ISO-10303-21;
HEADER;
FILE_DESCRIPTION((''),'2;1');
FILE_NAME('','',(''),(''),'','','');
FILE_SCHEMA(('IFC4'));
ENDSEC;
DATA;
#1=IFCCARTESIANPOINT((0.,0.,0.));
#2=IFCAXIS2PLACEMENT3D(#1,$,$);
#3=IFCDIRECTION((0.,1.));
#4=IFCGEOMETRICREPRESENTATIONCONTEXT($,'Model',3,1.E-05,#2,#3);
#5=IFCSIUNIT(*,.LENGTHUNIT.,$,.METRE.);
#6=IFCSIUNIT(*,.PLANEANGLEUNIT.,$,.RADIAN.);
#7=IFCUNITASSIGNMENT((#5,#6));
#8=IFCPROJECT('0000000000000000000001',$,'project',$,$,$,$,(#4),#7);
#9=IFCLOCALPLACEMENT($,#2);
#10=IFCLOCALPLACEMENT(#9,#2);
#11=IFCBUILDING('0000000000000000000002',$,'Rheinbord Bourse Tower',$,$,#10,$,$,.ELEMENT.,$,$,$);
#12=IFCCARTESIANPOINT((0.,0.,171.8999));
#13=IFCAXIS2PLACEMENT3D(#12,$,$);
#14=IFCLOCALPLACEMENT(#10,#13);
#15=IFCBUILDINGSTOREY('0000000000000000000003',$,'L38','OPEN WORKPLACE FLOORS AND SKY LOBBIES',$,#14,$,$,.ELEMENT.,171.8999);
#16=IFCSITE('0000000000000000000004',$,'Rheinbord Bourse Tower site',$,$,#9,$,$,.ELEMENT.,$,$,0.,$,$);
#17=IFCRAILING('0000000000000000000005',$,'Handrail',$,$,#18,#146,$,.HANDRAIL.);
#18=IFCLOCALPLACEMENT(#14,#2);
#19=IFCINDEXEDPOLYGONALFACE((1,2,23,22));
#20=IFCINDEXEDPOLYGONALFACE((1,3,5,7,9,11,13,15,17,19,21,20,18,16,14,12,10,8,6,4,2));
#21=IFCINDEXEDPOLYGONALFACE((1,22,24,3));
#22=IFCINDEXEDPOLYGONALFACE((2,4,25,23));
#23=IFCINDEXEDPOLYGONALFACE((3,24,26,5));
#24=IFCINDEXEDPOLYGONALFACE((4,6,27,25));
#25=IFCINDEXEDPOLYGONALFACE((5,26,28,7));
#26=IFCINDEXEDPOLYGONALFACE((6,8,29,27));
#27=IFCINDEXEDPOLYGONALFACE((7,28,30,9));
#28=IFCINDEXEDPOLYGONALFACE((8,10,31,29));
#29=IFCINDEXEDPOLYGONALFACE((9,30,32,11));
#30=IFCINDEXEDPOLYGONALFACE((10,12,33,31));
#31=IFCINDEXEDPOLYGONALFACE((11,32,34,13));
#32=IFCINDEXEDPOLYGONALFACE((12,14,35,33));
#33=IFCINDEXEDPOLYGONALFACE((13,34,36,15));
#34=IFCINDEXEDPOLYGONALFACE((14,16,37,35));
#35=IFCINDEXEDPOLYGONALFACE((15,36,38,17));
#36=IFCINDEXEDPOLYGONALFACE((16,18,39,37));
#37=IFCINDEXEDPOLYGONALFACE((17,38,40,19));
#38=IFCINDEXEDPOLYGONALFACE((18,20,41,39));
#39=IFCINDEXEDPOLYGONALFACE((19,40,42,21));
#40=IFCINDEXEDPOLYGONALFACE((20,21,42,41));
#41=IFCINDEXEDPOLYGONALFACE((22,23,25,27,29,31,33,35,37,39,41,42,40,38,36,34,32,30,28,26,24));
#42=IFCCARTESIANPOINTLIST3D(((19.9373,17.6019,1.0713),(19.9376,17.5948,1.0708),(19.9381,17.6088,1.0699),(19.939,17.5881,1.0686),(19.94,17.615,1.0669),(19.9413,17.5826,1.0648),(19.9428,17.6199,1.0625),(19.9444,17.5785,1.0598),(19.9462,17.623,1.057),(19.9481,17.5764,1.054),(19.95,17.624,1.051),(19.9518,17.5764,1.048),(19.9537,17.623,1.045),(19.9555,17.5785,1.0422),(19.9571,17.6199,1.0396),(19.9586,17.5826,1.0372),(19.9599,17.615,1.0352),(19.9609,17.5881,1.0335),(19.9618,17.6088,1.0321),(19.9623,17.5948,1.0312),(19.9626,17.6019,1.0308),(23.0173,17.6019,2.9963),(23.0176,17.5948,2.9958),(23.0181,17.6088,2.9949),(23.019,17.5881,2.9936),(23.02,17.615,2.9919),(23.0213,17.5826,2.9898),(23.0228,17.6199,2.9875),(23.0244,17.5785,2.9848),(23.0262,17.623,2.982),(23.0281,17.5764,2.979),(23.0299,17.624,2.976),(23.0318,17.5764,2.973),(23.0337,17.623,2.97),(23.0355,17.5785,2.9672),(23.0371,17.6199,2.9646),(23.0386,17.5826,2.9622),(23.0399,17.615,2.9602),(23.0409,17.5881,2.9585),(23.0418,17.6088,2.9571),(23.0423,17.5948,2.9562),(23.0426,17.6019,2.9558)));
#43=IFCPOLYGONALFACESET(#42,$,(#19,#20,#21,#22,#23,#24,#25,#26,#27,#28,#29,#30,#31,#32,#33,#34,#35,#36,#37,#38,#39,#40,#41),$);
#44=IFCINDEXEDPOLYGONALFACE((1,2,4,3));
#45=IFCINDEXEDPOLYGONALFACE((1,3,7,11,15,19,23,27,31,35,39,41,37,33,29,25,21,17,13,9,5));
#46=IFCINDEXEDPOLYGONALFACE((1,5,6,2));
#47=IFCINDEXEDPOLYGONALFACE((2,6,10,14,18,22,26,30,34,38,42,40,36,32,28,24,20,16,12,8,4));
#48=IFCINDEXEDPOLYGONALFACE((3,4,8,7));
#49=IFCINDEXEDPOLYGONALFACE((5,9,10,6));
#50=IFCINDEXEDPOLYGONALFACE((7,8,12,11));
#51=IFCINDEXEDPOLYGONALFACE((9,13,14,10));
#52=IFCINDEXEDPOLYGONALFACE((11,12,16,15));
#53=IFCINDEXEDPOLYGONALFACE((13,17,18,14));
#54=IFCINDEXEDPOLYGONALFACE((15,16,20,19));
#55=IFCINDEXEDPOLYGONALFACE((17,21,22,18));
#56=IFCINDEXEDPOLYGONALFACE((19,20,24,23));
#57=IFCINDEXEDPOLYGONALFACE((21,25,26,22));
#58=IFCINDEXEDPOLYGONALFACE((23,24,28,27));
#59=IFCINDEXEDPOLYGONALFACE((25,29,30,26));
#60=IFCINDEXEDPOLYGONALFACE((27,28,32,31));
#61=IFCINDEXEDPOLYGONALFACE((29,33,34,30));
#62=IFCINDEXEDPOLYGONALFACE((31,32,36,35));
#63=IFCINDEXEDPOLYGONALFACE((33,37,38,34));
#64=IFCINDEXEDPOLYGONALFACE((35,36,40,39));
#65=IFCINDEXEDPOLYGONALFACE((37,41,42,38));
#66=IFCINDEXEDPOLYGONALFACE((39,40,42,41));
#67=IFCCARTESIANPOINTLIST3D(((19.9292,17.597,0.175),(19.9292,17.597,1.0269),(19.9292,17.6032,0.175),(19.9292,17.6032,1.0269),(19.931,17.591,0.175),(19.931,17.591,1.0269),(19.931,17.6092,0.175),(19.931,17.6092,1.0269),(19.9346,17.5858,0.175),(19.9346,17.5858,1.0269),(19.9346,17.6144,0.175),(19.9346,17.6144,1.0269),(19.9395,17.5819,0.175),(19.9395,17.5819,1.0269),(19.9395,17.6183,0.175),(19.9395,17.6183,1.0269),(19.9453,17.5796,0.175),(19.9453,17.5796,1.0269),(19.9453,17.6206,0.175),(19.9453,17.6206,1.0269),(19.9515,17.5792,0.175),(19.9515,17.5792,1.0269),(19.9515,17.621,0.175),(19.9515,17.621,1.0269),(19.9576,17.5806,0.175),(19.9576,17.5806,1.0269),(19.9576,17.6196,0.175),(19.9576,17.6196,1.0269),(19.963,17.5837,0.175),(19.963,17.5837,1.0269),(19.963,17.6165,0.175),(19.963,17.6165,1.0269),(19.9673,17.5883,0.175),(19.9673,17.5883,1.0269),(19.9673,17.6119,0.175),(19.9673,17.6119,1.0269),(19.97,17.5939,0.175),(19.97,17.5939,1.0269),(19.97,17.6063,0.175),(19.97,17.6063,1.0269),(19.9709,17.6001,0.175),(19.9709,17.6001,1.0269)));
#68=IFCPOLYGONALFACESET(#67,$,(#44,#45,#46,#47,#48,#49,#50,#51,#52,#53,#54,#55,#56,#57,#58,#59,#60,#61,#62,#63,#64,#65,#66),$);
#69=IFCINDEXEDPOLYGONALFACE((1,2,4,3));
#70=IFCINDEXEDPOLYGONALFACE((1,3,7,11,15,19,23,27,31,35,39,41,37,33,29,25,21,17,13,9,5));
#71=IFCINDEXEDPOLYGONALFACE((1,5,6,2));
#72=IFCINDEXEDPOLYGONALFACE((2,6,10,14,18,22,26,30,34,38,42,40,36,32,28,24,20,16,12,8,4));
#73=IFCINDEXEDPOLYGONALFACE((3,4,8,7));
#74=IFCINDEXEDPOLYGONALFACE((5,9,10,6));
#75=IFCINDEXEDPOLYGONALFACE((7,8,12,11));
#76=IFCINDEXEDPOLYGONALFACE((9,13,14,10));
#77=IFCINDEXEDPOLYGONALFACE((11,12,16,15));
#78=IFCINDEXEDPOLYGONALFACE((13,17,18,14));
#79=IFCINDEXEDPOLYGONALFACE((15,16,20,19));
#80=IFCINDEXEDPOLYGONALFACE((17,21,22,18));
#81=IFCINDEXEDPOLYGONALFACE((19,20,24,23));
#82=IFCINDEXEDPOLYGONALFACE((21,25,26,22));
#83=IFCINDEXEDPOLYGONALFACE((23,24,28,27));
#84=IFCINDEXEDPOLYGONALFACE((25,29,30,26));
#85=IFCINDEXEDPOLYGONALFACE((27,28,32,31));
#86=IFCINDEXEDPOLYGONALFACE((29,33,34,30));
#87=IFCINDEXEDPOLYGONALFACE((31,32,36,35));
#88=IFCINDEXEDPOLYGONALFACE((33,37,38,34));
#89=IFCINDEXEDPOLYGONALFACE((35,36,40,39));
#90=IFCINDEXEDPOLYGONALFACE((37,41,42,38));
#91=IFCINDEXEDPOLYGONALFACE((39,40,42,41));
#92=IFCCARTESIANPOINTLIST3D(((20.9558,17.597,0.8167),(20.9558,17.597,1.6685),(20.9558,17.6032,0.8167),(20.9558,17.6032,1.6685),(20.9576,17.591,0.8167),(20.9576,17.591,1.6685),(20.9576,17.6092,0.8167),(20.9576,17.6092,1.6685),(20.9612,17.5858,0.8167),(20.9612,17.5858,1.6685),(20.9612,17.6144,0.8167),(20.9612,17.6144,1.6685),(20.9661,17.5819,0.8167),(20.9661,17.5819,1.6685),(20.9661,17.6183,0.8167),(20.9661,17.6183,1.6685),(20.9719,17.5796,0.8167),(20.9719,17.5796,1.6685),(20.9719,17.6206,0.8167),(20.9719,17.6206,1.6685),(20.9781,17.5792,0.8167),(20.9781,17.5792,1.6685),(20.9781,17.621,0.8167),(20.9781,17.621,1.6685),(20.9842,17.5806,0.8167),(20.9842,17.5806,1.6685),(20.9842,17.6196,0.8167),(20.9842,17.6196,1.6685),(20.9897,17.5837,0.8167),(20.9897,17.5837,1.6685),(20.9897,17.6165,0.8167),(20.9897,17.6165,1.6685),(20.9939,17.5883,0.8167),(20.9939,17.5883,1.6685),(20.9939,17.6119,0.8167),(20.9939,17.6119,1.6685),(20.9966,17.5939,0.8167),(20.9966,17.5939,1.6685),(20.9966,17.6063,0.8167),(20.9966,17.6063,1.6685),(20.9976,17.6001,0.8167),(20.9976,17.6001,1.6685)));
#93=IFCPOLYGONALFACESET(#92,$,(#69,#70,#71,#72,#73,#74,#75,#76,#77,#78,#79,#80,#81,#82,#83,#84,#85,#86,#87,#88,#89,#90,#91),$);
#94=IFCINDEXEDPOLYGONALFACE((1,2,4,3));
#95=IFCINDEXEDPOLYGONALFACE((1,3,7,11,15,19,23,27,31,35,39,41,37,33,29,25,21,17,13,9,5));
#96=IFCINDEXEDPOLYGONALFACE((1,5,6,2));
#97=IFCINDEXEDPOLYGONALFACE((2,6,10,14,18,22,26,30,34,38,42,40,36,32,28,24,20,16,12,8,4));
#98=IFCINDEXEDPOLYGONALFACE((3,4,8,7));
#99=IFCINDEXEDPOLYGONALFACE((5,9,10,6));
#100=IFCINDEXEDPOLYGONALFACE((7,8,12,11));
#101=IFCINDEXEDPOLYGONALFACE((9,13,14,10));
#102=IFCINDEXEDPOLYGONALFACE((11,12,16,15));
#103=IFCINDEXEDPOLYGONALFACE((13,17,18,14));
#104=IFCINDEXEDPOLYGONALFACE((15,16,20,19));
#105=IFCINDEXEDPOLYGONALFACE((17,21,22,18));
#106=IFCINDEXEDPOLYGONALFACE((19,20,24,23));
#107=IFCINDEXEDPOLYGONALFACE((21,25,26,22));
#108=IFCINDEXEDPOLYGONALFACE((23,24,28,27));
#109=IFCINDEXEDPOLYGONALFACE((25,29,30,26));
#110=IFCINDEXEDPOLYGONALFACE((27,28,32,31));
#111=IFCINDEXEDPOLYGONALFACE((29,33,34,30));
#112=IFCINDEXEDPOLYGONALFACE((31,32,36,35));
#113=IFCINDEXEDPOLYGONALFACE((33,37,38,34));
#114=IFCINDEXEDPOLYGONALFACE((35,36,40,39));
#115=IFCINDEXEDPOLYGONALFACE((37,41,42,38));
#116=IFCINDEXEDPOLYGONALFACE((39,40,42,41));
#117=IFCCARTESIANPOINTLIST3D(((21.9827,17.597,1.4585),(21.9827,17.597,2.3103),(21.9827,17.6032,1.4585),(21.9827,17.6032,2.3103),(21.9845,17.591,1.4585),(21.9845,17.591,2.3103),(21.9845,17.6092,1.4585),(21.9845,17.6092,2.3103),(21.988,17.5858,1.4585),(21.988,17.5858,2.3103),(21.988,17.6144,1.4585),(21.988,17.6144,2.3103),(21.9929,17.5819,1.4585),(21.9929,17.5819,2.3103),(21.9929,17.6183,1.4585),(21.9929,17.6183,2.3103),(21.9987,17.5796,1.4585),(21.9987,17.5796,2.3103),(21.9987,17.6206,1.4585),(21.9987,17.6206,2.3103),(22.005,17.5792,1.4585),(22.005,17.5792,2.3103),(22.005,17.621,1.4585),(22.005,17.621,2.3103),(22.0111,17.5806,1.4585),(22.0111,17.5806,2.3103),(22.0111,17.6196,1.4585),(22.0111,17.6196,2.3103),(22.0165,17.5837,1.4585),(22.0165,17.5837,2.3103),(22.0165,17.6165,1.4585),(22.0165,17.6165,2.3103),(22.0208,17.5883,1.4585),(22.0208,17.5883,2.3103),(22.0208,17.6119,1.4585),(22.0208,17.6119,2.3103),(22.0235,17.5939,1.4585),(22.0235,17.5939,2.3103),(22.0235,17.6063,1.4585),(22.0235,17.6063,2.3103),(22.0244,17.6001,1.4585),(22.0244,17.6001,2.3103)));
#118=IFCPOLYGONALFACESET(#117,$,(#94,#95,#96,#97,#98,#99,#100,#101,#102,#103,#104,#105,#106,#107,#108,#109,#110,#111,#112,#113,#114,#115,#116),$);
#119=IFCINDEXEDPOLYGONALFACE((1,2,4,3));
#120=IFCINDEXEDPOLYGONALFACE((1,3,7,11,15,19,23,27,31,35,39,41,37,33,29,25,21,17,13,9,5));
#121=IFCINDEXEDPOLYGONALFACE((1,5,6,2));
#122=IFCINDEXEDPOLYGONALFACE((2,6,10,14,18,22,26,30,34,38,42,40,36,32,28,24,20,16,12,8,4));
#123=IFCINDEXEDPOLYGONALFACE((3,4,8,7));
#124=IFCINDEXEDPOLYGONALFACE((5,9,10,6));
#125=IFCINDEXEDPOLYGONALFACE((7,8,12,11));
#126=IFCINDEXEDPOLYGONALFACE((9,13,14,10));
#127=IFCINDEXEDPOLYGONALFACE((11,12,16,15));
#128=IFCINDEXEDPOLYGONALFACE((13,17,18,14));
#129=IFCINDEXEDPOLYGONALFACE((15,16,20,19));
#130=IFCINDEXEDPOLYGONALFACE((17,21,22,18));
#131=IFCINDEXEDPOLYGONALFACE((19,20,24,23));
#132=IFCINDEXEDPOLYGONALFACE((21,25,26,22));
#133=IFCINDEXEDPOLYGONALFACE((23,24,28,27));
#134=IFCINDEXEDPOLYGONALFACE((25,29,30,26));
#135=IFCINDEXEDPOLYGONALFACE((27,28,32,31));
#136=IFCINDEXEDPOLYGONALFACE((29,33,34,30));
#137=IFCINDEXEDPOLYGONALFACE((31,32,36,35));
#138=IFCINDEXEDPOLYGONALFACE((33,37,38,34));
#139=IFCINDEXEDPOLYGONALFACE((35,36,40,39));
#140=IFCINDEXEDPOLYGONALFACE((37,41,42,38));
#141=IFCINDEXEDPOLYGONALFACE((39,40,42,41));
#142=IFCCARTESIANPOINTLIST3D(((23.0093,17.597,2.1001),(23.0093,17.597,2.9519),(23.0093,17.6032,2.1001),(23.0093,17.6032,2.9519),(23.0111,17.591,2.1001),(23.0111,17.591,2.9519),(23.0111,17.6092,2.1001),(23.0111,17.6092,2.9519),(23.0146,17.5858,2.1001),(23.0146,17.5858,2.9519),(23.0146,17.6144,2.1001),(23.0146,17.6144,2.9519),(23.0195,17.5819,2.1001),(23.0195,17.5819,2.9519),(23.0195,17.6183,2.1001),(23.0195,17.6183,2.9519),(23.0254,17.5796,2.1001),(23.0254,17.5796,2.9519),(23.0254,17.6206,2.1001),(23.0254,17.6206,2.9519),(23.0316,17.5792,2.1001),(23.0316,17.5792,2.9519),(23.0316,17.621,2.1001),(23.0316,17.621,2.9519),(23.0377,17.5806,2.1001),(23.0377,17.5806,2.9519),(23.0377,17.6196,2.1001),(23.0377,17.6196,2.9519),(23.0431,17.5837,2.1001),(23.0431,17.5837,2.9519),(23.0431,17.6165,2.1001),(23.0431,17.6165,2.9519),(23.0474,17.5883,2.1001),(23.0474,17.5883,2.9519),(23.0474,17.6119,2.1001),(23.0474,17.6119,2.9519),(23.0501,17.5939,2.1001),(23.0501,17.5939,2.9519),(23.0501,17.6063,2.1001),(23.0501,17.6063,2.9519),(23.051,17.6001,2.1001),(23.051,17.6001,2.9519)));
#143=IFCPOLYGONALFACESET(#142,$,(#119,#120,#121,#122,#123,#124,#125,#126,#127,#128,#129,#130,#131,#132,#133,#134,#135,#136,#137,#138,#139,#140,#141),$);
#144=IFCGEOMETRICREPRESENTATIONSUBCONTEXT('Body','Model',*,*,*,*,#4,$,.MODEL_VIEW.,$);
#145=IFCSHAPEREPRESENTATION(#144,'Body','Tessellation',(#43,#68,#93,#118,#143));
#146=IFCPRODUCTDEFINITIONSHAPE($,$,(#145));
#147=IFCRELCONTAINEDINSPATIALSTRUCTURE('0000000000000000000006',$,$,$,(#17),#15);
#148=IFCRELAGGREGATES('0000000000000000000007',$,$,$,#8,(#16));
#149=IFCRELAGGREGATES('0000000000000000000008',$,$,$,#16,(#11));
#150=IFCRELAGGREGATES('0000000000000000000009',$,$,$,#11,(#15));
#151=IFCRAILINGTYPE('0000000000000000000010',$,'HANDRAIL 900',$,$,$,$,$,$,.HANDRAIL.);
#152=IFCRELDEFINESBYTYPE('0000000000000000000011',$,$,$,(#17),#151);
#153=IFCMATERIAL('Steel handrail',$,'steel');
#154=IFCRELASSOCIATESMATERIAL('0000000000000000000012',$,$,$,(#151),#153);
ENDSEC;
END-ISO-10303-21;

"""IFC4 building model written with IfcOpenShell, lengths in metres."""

from ifc_helpers import new_model, si_unit, direction, frame, origin, origin_2d, place, context, subcontext, project, spatial, circle, extrude, material, type_object, element, save


model = new_model("IFC4")

# Units and contexts
model_context = context("Model", 3, precision=1e-05, world=origin(), true_north=direction((0.0, 1.0)))
body_context = subcontext(model_context, "Body", "Model", "MODEL_VIEW")
ifc_project = project(units=[si_unit("LENGTHUNIT", "METRE"), si_unit("PLANEANGLEUNIT", "RADIAN")], contexts=[model_context])

# Site, building, storey
site_placement = place(None, origin())
site = spatial("IfcSite", under=ifc_project, at=site_placement, Name="Rheinbord Bourse Tower site", CompositionType="ELEMENT", RefElevation=0.0)
building_placement = place(site_placement, origin())
building = spatial("IfcBuilding", under=site, at=building_placement, Name="Rheinbord Bourse Tower", CompositionType="ELEMENT")
storey_placement = place(building_placement, frame((0.0, 0.0, 171.8999)))
storey = spatial("IfcBuildingStorey", under=building, at=storey_placement, Name="L38", Description="OPEN WORKPLACE FLOORS AND SKY LOBBIES", CompositionType="ELEMENT", Elevation=171.8999)

# Railing
ifc_material_1 = material(Name="Steel handrail", Category="steel")
railing_type = type_object("IfcRailingType", Name="HANDRAIL 900", PredefinedType="HANDRAIL", material=ifc_material_1)
railing_1_placement = place(storey_placement, frame((19.95, 17.6001, 0.175)))
element("IfcRailing", 1, at=railing_1_placement, inside=storey, type_object=railing_type, Name="Handrail", PredefinedType="HANDRAIL", context=body_context, shape_type="SweptSolid", body=[
    extrude(circle(Radius=0.0239, at=origin_2d()), frame((0.0, 0.0, 0.876), z_axis=(0.847998, 0.0, 0.529999), x_axis=(0.0, 1.0, 0.0)), (0.0, 0.0, 1.0), 3.6321),
    extrude(circle(Radius=0.021, at=origin_2d()), origin(), (0.0, 0.0, 1.0), 0.8518),
    extrude(circle(Radius=0.021, at=origin_2d()), frame((1.0266, 0.0, 0.6416)), (0.0, 0.0, 1.0), 0.8518),
    extrude(circle(Radius=0.021, at=origin_2d()), frame((2.0535, 0.0, 1.2834)), (0.0, 0.0, 1.0), 0.8518),
    extrude(circle(Radius=0.021, at=origin_2d()), frame((3.0801, 0.0, 1.925)), (0.0, 0.0, 1.0), 0.8518),
])

save(model, "model.ifc")
